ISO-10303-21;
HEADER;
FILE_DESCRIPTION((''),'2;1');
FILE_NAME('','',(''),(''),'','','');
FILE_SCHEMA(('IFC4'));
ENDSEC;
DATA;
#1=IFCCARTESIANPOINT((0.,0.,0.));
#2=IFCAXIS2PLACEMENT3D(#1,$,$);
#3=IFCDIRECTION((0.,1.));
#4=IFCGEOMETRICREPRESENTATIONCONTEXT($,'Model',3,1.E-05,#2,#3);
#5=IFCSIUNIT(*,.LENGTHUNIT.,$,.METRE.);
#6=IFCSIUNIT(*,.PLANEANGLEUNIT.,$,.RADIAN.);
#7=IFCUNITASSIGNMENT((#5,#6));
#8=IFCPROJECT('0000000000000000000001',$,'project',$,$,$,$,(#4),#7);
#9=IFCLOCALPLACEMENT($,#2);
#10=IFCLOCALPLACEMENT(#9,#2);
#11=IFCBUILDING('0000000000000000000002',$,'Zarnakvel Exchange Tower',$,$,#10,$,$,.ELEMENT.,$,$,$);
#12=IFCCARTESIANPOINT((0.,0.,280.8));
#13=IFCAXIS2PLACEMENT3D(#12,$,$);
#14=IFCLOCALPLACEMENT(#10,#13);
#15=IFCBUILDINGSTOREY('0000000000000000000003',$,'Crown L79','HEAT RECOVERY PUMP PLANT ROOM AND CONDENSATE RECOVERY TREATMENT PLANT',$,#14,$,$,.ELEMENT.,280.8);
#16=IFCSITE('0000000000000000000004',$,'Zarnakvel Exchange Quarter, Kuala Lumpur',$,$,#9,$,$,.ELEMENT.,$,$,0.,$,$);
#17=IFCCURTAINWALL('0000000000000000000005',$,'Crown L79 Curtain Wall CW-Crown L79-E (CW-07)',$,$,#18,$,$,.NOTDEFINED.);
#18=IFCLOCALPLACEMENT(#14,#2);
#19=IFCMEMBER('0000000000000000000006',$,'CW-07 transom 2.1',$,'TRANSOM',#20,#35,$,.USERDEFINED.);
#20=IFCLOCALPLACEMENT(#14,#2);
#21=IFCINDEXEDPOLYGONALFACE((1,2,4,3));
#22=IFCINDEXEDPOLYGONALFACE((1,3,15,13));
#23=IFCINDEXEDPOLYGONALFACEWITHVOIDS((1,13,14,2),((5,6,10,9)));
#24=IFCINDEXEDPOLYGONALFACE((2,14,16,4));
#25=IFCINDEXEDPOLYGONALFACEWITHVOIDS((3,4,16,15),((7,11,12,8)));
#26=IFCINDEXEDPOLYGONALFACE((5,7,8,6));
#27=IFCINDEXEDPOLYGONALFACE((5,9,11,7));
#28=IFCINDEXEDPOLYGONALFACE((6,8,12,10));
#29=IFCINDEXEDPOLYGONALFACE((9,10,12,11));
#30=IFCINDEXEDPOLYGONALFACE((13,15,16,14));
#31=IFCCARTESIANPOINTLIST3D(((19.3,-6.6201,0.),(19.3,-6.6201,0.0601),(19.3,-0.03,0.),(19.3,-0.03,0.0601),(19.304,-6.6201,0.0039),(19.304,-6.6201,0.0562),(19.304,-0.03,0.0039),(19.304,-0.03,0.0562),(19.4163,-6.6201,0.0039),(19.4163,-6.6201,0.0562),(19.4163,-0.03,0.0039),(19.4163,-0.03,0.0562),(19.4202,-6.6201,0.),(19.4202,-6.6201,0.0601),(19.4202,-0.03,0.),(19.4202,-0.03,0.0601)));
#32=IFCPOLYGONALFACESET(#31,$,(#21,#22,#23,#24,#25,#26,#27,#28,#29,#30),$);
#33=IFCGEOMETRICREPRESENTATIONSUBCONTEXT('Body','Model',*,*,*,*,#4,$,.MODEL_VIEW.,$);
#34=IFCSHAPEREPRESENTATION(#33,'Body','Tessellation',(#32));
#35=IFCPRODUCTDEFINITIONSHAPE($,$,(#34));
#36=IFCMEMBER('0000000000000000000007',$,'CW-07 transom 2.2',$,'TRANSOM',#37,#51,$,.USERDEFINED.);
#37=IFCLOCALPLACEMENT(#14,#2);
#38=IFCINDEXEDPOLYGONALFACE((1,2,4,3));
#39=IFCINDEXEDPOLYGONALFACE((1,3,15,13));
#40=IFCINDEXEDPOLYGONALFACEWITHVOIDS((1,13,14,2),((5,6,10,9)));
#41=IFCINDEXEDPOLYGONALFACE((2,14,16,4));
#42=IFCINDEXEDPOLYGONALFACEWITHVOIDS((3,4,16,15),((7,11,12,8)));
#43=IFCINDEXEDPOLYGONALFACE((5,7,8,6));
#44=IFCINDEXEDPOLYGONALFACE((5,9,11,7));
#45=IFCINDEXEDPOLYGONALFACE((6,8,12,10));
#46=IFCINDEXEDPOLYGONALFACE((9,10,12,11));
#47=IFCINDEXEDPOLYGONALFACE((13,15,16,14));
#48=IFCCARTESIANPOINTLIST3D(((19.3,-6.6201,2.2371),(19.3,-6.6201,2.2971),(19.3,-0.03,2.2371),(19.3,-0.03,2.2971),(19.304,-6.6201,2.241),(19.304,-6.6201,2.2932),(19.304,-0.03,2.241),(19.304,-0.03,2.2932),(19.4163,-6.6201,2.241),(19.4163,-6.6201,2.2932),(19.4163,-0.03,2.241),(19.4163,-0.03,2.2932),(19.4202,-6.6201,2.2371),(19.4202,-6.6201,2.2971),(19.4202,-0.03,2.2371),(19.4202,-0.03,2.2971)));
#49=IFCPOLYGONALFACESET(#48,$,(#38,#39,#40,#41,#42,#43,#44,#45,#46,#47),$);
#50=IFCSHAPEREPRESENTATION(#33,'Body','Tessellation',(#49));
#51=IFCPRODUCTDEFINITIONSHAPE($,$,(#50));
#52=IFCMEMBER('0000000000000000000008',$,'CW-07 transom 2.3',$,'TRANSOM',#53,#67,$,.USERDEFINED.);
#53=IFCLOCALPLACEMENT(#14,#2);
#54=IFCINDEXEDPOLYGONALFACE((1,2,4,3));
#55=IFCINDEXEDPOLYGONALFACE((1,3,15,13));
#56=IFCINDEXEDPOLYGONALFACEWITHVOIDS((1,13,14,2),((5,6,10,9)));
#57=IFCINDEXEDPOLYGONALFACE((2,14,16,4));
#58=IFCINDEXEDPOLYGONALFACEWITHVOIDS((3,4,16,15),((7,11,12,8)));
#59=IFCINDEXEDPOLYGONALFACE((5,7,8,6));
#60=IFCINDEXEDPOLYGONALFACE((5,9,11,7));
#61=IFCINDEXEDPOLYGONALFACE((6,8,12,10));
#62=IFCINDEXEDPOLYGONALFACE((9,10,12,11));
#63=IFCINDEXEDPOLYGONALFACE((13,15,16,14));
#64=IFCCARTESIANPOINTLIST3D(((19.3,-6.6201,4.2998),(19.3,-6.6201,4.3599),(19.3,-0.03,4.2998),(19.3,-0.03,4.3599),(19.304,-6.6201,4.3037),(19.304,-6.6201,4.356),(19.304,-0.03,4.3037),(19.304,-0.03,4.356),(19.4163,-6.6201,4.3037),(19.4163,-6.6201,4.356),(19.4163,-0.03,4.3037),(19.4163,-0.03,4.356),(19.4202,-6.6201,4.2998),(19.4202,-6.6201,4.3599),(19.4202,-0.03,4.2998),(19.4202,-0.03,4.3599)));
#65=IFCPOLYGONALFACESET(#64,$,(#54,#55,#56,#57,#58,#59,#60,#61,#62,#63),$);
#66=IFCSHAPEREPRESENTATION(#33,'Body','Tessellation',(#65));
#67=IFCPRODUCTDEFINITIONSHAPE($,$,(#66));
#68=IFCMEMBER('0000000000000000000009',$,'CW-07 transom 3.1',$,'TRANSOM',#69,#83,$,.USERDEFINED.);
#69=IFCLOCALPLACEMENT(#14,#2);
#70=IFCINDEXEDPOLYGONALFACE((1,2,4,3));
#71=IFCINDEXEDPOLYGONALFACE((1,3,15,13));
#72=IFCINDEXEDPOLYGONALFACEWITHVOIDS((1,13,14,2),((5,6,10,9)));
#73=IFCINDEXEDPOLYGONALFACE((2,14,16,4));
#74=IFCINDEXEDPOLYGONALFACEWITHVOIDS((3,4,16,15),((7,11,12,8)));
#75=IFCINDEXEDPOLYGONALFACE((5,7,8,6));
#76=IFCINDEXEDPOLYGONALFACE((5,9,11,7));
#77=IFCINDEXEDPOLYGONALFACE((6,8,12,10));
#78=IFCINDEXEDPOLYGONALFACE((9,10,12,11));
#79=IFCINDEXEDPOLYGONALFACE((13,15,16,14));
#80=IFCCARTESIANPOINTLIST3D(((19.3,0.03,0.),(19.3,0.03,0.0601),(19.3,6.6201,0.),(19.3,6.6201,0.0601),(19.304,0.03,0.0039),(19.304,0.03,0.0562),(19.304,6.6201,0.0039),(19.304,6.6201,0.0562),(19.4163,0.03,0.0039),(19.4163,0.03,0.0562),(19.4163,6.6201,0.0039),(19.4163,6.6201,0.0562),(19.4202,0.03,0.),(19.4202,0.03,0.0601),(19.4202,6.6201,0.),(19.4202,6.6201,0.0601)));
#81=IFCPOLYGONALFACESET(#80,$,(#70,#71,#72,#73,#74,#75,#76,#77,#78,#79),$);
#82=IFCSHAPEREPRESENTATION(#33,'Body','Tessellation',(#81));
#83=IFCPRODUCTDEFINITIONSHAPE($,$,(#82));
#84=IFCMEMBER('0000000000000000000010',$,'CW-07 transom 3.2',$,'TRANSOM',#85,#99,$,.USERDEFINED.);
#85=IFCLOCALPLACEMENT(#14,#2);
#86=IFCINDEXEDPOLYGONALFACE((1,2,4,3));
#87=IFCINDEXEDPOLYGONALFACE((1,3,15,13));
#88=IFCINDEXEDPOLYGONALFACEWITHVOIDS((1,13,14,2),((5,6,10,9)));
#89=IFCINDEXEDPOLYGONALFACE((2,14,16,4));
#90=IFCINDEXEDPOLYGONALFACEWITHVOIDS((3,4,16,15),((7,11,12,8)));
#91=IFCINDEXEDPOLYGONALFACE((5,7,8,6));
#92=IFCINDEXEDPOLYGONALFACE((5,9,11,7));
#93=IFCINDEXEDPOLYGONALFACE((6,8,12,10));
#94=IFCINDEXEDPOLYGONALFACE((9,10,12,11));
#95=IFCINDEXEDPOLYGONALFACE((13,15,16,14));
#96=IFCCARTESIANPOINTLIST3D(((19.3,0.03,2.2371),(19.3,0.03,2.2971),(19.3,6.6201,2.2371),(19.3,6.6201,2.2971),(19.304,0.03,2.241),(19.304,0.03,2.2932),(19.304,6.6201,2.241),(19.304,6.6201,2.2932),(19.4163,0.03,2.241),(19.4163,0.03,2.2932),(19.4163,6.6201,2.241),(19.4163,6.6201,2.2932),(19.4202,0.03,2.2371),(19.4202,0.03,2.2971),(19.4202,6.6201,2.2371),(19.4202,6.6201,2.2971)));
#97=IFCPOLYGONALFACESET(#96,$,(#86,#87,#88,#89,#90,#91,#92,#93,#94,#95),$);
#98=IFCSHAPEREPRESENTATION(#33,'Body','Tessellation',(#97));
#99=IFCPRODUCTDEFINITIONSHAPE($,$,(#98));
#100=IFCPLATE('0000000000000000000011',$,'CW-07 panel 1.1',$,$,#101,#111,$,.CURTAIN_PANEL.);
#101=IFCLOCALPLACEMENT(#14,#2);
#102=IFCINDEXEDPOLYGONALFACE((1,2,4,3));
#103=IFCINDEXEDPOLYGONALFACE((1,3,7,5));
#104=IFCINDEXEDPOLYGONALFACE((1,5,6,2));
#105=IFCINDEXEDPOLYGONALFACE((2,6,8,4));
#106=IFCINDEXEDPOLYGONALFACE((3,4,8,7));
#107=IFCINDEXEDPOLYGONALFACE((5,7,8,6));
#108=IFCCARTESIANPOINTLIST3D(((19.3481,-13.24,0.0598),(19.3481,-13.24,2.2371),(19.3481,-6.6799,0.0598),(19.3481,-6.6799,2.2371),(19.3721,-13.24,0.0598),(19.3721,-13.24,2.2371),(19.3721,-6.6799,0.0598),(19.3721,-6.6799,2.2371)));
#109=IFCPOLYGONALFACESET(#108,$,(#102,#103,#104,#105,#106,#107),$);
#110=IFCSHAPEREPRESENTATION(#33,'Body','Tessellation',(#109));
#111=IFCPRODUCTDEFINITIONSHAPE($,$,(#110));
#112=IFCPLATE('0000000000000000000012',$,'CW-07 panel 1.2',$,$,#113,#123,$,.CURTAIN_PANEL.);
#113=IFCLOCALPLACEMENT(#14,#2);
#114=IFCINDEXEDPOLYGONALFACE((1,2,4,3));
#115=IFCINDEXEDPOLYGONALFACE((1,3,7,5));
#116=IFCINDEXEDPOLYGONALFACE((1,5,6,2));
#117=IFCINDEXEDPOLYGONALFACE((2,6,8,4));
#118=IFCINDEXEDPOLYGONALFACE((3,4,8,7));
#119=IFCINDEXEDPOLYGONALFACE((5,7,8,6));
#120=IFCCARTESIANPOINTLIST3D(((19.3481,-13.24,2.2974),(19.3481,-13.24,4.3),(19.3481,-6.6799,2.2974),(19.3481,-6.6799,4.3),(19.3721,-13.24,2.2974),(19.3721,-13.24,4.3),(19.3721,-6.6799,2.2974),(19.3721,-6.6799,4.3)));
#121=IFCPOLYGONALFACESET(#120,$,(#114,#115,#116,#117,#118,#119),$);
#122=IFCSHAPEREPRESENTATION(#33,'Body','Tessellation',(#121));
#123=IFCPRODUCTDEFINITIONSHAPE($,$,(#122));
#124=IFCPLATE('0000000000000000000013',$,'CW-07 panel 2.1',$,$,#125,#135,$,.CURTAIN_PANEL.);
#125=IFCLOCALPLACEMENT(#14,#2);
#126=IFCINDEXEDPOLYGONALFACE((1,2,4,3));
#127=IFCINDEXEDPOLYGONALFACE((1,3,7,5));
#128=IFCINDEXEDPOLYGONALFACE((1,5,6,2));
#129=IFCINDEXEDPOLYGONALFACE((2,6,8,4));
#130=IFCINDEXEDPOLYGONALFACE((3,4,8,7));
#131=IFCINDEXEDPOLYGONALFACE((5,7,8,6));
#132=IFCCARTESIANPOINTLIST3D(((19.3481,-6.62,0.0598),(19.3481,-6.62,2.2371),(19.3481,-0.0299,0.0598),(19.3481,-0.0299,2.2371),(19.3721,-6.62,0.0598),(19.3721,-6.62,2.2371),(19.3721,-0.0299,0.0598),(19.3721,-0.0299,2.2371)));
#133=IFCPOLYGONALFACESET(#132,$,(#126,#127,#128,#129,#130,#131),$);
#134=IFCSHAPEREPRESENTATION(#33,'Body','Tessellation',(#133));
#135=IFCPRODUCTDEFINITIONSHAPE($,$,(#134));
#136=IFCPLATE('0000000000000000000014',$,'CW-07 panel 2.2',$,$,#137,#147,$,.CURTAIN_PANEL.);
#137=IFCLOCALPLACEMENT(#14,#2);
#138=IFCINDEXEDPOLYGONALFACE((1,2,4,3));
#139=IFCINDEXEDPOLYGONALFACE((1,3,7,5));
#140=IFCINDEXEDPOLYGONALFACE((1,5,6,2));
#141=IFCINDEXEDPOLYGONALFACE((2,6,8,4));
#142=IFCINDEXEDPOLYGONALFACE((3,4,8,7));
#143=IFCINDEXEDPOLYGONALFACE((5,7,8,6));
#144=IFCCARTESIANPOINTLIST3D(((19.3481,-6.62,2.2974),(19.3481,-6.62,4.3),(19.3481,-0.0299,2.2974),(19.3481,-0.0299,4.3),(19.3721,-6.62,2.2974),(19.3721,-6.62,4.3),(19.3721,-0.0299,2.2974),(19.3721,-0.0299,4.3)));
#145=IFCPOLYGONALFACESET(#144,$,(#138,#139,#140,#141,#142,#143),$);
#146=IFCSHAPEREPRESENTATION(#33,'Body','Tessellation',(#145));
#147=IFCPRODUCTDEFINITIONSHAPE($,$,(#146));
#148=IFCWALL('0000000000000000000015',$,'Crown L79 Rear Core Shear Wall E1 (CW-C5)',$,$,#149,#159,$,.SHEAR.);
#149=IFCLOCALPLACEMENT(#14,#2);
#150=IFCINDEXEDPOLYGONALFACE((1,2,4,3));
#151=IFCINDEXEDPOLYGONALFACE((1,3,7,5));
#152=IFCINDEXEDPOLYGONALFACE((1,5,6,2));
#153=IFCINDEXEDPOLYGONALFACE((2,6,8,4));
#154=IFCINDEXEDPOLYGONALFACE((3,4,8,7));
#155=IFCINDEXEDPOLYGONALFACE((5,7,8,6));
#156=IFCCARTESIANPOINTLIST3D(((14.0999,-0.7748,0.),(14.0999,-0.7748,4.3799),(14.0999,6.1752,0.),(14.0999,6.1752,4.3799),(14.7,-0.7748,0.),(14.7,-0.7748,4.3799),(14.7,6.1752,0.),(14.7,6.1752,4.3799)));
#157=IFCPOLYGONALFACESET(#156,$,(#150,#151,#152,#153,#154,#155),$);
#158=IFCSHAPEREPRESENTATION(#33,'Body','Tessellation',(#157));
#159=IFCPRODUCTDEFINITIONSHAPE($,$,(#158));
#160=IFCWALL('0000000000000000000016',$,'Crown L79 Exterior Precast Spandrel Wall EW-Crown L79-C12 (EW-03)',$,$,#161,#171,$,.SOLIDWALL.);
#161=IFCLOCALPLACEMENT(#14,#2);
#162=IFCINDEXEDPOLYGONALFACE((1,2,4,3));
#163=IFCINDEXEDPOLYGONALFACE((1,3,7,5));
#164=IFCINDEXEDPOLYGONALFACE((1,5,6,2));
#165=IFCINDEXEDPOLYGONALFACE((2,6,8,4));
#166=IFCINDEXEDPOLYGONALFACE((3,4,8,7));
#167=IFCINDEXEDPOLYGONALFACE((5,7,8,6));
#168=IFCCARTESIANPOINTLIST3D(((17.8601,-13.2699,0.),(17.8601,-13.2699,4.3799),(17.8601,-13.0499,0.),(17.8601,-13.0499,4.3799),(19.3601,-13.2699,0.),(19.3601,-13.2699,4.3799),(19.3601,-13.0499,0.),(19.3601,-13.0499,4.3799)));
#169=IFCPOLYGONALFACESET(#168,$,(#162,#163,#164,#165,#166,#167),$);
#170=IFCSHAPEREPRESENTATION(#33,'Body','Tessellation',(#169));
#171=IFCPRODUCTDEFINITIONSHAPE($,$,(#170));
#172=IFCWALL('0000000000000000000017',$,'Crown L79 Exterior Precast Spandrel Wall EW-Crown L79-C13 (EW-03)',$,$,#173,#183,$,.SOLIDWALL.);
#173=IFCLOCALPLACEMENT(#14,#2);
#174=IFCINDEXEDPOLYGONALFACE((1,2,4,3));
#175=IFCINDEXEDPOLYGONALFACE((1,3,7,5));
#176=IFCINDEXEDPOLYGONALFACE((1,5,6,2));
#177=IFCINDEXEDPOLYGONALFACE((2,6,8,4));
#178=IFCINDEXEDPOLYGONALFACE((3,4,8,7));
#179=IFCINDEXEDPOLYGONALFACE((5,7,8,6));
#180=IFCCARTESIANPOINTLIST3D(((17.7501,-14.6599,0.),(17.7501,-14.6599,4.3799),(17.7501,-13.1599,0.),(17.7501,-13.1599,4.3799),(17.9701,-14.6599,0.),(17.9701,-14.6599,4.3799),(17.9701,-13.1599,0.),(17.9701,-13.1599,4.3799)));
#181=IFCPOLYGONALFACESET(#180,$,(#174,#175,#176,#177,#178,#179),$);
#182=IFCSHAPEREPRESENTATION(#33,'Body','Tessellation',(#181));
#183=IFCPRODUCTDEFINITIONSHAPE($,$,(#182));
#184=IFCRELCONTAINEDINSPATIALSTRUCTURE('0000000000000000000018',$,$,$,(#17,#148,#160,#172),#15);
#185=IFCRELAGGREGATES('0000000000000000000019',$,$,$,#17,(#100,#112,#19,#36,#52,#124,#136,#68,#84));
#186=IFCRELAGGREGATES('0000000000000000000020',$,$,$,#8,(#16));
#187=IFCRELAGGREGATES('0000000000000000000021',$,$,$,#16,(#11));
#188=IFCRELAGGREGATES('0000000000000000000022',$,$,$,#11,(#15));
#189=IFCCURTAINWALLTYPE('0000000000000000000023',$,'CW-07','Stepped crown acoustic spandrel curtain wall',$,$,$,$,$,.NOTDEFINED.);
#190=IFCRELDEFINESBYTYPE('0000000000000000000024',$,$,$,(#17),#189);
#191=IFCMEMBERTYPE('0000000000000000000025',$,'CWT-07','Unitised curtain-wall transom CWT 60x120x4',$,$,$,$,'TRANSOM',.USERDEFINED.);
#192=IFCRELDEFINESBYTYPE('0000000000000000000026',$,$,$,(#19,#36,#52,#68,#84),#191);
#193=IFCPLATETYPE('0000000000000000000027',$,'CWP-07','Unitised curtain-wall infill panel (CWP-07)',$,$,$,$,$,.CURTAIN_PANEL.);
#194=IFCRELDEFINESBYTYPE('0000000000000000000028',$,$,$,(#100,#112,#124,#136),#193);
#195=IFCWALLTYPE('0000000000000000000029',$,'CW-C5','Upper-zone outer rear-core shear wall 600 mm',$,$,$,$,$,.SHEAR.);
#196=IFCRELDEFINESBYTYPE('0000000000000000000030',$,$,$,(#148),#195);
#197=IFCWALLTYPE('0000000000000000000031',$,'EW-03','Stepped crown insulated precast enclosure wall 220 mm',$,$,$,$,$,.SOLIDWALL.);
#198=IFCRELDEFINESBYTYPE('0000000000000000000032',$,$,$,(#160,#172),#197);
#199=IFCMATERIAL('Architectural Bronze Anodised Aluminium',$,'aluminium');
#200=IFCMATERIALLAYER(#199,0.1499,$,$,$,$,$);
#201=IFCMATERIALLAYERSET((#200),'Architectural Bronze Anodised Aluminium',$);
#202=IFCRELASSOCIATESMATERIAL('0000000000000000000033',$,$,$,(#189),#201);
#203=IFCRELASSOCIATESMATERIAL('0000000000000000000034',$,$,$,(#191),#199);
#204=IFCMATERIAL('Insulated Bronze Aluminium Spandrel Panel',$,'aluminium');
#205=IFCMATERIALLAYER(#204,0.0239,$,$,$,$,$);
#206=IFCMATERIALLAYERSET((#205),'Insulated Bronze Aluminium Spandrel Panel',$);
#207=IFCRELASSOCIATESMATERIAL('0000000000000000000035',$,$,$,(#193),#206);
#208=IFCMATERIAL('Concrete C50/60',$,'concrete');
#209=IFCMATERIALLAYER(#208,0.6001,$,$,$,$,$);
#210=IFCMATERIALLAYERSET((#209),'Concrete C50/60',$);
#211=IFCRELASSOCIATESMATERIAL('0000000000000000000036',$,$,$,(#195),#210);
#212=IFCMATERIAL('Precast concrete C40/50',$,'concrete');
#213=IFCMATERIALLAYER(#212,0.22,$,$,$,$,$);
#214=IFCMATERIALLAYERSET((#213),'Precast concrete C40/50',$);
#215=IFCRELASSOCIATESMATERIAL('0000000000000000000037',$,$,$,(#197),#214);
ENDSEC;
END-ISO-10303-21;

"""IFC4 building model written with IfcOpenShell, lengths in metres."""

from ifc_helpers import new_model, si_unit, direction, frame, frame_2d, origin, origin_2d, place, context, subcontext, project, spatial, rectangle, hollow_rectangle, extrude, source, transform, mapped, material, layer, layer_set, material_profile, profile_set, type_object, element, aggregate, save


model = new_model("IFC4")

# Units and contexts
model_context = context("Model", 3, precision=1e-05, world=origin(), true_north=direction((0.0, 1.0)))
body_context = subcontext(model_context, "Body", "Model", "MODEL_VIEW")
ifc_project = project(units=[si_unit("LENGTHUNIT", "METRE"), si_unit("PLANEANGLEUNIT", "RADIAN")], contexts=[model_context])

# Site, building, storey
site_placement = place(None, origin())
site = spatial("IfcSite", under=ifc_project, at=site_placement, Name="Zarnakvel Exchange Quarter, Kuala Lumpur", CompositionType="ELEMENT", RefElevation=0.0)
building_placement = place(site_placement, origin())
building = spatial("IfcBuilding", under=site, at=building_placement, Name="Zarnakvel Exchange Tower", CompositionType="ELEMENT")
storey_placement = place(building_placement, frame((0.0, 0.0, 280.8)))
storey = spatial("IfcBuildingStorey", under=building, at=storey_placement, Name="Crown L79", Description="HEAT RECOVERY PUMP PLANT ROOM AND CONDENSATE RECOVERY TREATMENT PLANT", CompositionType="ELEMENT", Elevation=280.8)

# Shared definitions
ifc_material_1 = material(Name="Concrete C50/60", Category="concrete")

# Shared definitions
ifc_material_2 = material(Name="Architectural Bronze Anodised Aluminium", Category="aluminium")
ifc_layer_1 = layer(ifc_material_2, 0.1499)
ifc_layer_set_1 = layer_set([ifc_layer_1], Name="Architectural Bronze Anodised Aluminium")
curtain_wall_type = type_object("IfcCurtainWallType", Name="CW-07", Description="Stepped crown acoustic spandrel curtain wall", PredefinedType="NOTDEFINED", material=ifc_layer_set_1)

# Curtain wall, members, plates
curtain_wall_1_placement = place(storey_placement, origin())
curtain_wall_1 = element("IfcCurtainWall", 1, at=curtain_wall_1_placement, inside=storey, type_object=curtain_wall_type, Name="Crown L79 Curtain Wall CW-Crown L79-E (CW-07)", PredefinedType="NOTDEFINED")
ifc_material_profile_1 = material_profile(ifc_material_2, hollow_rectangle(XDim=0.1201, YDim=0.0601, WallThickness=0.0039, at=origin_2d()))
ifc_profile_set_1 = profile_set([ifc_material_profile_1], Name="Architectural Bronze Anodised Aluminium")
member_type_1 = type_object("IfcMemberType", Name="CWT-07", Description="Unitised curtain-wall transom CWT 60x120x4", ElementType="TRANSOM", PredefinedType="USERDEFINED", material=ifc_profile_set_1)
shared_shape_1 = source(origin(), body_context, "Body", "SweptSolid", [
    extrude(hollow_rectangle(XDim=0.1201, YDim=0.0601, WallThickness=0.0039, at=origin_2d()), origin(), (0.0, 0.0, 1.0), 6.5901),
])
member_1_placement = place(storey_placement, frame((19.3601, -6.6201, 0.03), z_axis=(0.0, 1.0, 0.0), x_axis=(-1.0, 0.0, 0.0)))
member_1 = element("IfcMember", 2, at=member_1_placement, type_object=member_type_1, Name="CW-07 transom 2.1", ObjectType="TRANSOM", PredefinedType="USERDEFINED", context=body_context, shape_type="MappedRepresentation", body=[
    mapped(shared_shape_1, transform((0.0, 0.0, 0.0), x_axis=(1.0, 0.0, 0.0), y_axis=(0.0, 1.0, 0.0), z_axis=(0.0, 0.0, 1.0), scale=1.0)),
])
member_2_placement = place(storey_placement, frame((19.3601, -6.6201, 2.2671), z_axis=(0.0, 1.0, 0.0), x_axis=(-1.0, 0.0, 0.0)))
member_2 = element("IfcMember", 3, at=member_2_placement, type_object=member_type_1, Name="CW-07 transom 2.2", ObjectType="TRANSOM", PredefinedType="USERDEFINED", context=body_context, shape_type="MappedRepresentation", body=[
    mapped(shared_shape_1, transform((0.0, 0.0, 0.0), x_axis=(1.0, 0.0, 0.0), y_axis=(0.0, 1.0, 0.0), z_axis=(0.0, 0.0, 1.0), scale=1.0)),
])
member_3_placement = place(storey_placement, frame((19.3601, -6.6201, 4.3298), z_axis=(0.0, 1.0, 0.0), x_axis=(-1.0, 0.0, 0.0)))
member_3 = element("IfcMember", 4, at=member_3_placement, type_object=member_type_1, Name="CW-07 transom 2.3", ObjectType="TRANSOM", PredefinedType="USERDEFINED", context=body_context, shape_type="MappedRepresentation", body=[
    mapped(shared_shape_1, transform((0.0, 0.0, 0.0), x_axis=(1.0, 0.0, 0.0), y_axis=(0.0, 1.0, 0.0), z_axis=(0.0, 0.0, 1.0), scale=1.0)),
])
member_4_placement = place(storey_placement, frame((19.3601, 0.03, 0.03), z_axis=(0.0, 1.0, 0.0), x_axis=(-1.0, 0.0, 0.0)))
member_4 = element("IfcMember", 5, at=member_4_placement, type_object=member_type_1, Name="CW-07 transom 3.1", ObjectType="TRANSOM", PredefinedType="USERDEFINED", context=body_context, shape_type="MappedRepresentation", body=[
    mapped(shared_shape_1, transform((0.0, 0.0, 0.0), x_axis=(1.0, 0.0, 0.0), y_axis=(0.0, 1.0, 0.0), z_axis=(0.0, 0.0, 1.0), scale=1.0)),
])
member_5_placement = place(storey_placement, frame((19.3601, 0.03, 2.2671), z_axis=(0.0, 1.0, 0.0), x_axis=(-1.0, 0.0, 0.0)))
member_5 = element("IfcMember", 6, at=member_5_placement, type_object=member_type_1, Name="CW-07 transom 3.2", ObjectType="TRANSOM", PredefinedType="USERDEFINED", context=body_context, shape_type="MappedRepresentation", body=[
    mapped(shared_shape_1, transform((0.0, 0.0, 0.0), x_axis=(1.0, 0.0, 0.0), y_axis=(0.0, 1.0, 0.0), z_axis=(0.0, 0.0, 1.0), scale=1.0)),
])
ifc_material_3 = material(Name="Insulated Bronze Aluminium Spandrel Panel", Category="aluminium")
ifc_layer_2 = layer(ifc_material_3, 0.0239)
ifc_layer_set_2 = layer_set([ifc_layer_2], Name="Insulated Bronze Aluminium Spandrel Panel")
plate_type = type_object("IfcPlateType", Name="CWP-07", Description="Unitised curtain-wall infill panel (CWP-07)", PredefinedType="CURTAIN_PANEL", material=ifc_layer_set_2)
shared_shape_2 = source(origin(), body_context, "Body", "SweptSolid", [
    extrude(rectangle(XDim=6.5601, YDim=0.0239, at=origin_2d()), origin(), (0.0, 0.0, 1.0), 2.1772),
])
plate_1_placement = place(storey_placement, frame((19.3601, -9.96, 0.0598), z_axis=(0.0, 0.0, 1.0), x_axis=(0.0, 1.0, 0.0)))
plate_1 = element("IfcPlate", 7, at=plate_1_placement, type_object=plate_type, Name="CW-07 panel 1.1", PredefinedType="CURTAIN_PANEL", context=body_context, shape_type="MappedRepresentation", body=[
    mapped(shared_shape_2, transform((0.0, 0.0, 0.0), x_axis=(1.0, 0.0, 0.0), y_axis=(0.0, 1.0, 0.0), z_axis=(0.0, 0.0, 1.0), scale=1.0)),
])
shared_shape_3 = source(origin(), body_context, "Body", "SweptSolid", [
    extrude(rectangle(XDim=6.5601, YDim=0.0239, at=origin_2d()), origin(), (0.0, 0.0, 1.0), 2.0027),
])
plate_2_placement = place(storey_placement, frame((19.3601, -9.96, 2.2974), z_axis=(0.0, 0.0, 1.0), x_axis=(0.0, 1.0, 0.0)))
plate_2 = element("IfcPlate", 8, at=plate_2_placement, type_object=plate_type, Name="CW-07 panel 1.2", PredefinedType="CURTAIN_PANEL", context=body_context, shape_type="MappedRepresentation", body=[
    mapped(shared_shape_3, transform((0.0, 0.0, 0.0), x_axis=(1.0, 0.0, 0.0), y_axis=(0.0, 1.0, 0.0), z_axis=(0.0, 0.0, 1.0), scale=1.0)),
])
shared_shape_4 = source(origin(), body_context, "Body", "SweptSolid", [
    extrude(rectangle(XDim=6.5901, YDim=0.0239, at=origin_2d()), origin(), (0.0, 0.0, 1.0), 2.1772),
])
plate_3_placement = place(storey_placement, frame((19.3601, -3.325, 0.0598), z_axis=(0.0, 0.0, 1.0), x_axis=(0.0, 1.0, 0.0)))
plate_3 = element("IfcPlate", 9, at=plate_3_placement, type_object=plate_type, Name="CW-07 panel 2.1", PredefinedType="CURTAIN_PANEL", context=body_context, shape_type="MappedRepresentation", body=[
    mapped(shared_shape_4, transform((0.0, 0.0, 0.0), x_axis=(1.0, 0.0, 0.0), y_axis=(0.0, 1.0, 0.0), z_axis=(0.0, 0.0, 1.0), scale=1.0)),
])
shared_shape_5 = source(origin(), body_context, "Body", "SweptSolid", [
    extrude(rectangle(XDim=6.5901, YDim=0.0239, at=origin_2d()), origin(), (0.0, 0.0, 1.0), 2.0027),
])
plate_4_placement = place(storey_placement, frame((19.3601, -3.325, 2.2974), z_axis=(0.0, 0.0, 1.0), x_axis=(0.0, 1.0, 0.0)))
plate_4 = element("IfcPlate", 10, at=plate_4_placement, type_object=plate_type, Name="CW-07 panel 2.2", PredefinedType="CURTAIN_PANEL", context=body_context, shape_type="MappedRepresentation", body=[
    mapped(shared_shape_5, transform((0.0, 0.0, 0.0), x_axis=(1.0, 0.0, 0.0), y_axis=(0.0, 1.0, 0.0), z_axis=(0.0, 0.0, 1.0), scale=1.0)),
])
aggregate(curtain_wall_1, [plate_1, plate_2, member_1, member_2, member_3, plate_3, plate_4, member_4, member_5])

# Wall
ifc_layer_3 = layer(ifc_material_1, 0.6001)
ifc_layer_set_3 = layer_set([ifc_layer_3], Name="Concrete C50/60")
wall_type_1 = type_object("IfcWallType", Name="CW-C5", Description="Upper-zone outer rear-core shear wall 600 mm", PredefinedType="SHEAR", material=ifc_layer_set_3)
wall_1_placement = place(storey_placement, frame((14.3999, -0.7749, 0.0), z_axis=(0.0, 0.0, 1.0), x_axis=(0.0, 1.0, 0.0)))
element("IfcWall", 11, at=wall_1_placement, inside=storey, type_object=wall_type_1, Name="Crown L79 Rear Core Shear Wall E1 (CW-C5)", PredefinedType="SHEAR", context=body_context, shape_type="SweptSolid", body=[
    extrude(rectangle(XDim=6.95, YDim=0.6001, at=frame_2d((3.4751, 0.0))), origin(), (0.0, 0.0, 1.0), 4.3799),
])

# Walls
ifc_material_4 = material(Name="Precast concrete C40/50", Category="concrete")
ifc_layer_4 = layer(ifc_material_4, 0.22)
ifc_layer_set_4 = layer_set([ifc_layer_4], Name="Precast concrete C40/50")
wall_type_2 = type_object("IfcWallType", Name="EW-03", Description="Stepped crown insulated precast enclosure wall 220 mm", PredefinedType="SOLIDWALL", material=ifc_layer_set_4)
for number, where, z_axis, x_axis, name in (
    (12, (17.8601, -13.1599, 0.0), (0.0, 0.0, 1.0), (1.0, 0.0, 0.0), "Crown L79 Exterior Precast Spandrel Wall EW-Crown L79-C12 (EW-03)"),
    (13, (17.8601, -14.6599, 0.0), (0.0, 0.0, 1.0), (0.0, 1.0, 0.0), "Crown L79 Exterior Precast Spandrel Wall EW-Crown L79-C13 (EW-03)"),
):
    element("IfcWall", number, at=place(storey_placement, frame(where, z_axis=z_axis, x_axis=x_axis)), inside=storey, type_object=wall_type_2, Name=name, PredefinedType="SOLIDWALL", context=body_context, shape_type="SweptSolid", body=[
        extrude(rectangle(XDim=1.5, YDim=0.22, at=frame_2d((0.75, 0.0))), origin(), (0.0, 0.0, 1.0), 4.3799),
    ])

save(model, "model.ifc")
